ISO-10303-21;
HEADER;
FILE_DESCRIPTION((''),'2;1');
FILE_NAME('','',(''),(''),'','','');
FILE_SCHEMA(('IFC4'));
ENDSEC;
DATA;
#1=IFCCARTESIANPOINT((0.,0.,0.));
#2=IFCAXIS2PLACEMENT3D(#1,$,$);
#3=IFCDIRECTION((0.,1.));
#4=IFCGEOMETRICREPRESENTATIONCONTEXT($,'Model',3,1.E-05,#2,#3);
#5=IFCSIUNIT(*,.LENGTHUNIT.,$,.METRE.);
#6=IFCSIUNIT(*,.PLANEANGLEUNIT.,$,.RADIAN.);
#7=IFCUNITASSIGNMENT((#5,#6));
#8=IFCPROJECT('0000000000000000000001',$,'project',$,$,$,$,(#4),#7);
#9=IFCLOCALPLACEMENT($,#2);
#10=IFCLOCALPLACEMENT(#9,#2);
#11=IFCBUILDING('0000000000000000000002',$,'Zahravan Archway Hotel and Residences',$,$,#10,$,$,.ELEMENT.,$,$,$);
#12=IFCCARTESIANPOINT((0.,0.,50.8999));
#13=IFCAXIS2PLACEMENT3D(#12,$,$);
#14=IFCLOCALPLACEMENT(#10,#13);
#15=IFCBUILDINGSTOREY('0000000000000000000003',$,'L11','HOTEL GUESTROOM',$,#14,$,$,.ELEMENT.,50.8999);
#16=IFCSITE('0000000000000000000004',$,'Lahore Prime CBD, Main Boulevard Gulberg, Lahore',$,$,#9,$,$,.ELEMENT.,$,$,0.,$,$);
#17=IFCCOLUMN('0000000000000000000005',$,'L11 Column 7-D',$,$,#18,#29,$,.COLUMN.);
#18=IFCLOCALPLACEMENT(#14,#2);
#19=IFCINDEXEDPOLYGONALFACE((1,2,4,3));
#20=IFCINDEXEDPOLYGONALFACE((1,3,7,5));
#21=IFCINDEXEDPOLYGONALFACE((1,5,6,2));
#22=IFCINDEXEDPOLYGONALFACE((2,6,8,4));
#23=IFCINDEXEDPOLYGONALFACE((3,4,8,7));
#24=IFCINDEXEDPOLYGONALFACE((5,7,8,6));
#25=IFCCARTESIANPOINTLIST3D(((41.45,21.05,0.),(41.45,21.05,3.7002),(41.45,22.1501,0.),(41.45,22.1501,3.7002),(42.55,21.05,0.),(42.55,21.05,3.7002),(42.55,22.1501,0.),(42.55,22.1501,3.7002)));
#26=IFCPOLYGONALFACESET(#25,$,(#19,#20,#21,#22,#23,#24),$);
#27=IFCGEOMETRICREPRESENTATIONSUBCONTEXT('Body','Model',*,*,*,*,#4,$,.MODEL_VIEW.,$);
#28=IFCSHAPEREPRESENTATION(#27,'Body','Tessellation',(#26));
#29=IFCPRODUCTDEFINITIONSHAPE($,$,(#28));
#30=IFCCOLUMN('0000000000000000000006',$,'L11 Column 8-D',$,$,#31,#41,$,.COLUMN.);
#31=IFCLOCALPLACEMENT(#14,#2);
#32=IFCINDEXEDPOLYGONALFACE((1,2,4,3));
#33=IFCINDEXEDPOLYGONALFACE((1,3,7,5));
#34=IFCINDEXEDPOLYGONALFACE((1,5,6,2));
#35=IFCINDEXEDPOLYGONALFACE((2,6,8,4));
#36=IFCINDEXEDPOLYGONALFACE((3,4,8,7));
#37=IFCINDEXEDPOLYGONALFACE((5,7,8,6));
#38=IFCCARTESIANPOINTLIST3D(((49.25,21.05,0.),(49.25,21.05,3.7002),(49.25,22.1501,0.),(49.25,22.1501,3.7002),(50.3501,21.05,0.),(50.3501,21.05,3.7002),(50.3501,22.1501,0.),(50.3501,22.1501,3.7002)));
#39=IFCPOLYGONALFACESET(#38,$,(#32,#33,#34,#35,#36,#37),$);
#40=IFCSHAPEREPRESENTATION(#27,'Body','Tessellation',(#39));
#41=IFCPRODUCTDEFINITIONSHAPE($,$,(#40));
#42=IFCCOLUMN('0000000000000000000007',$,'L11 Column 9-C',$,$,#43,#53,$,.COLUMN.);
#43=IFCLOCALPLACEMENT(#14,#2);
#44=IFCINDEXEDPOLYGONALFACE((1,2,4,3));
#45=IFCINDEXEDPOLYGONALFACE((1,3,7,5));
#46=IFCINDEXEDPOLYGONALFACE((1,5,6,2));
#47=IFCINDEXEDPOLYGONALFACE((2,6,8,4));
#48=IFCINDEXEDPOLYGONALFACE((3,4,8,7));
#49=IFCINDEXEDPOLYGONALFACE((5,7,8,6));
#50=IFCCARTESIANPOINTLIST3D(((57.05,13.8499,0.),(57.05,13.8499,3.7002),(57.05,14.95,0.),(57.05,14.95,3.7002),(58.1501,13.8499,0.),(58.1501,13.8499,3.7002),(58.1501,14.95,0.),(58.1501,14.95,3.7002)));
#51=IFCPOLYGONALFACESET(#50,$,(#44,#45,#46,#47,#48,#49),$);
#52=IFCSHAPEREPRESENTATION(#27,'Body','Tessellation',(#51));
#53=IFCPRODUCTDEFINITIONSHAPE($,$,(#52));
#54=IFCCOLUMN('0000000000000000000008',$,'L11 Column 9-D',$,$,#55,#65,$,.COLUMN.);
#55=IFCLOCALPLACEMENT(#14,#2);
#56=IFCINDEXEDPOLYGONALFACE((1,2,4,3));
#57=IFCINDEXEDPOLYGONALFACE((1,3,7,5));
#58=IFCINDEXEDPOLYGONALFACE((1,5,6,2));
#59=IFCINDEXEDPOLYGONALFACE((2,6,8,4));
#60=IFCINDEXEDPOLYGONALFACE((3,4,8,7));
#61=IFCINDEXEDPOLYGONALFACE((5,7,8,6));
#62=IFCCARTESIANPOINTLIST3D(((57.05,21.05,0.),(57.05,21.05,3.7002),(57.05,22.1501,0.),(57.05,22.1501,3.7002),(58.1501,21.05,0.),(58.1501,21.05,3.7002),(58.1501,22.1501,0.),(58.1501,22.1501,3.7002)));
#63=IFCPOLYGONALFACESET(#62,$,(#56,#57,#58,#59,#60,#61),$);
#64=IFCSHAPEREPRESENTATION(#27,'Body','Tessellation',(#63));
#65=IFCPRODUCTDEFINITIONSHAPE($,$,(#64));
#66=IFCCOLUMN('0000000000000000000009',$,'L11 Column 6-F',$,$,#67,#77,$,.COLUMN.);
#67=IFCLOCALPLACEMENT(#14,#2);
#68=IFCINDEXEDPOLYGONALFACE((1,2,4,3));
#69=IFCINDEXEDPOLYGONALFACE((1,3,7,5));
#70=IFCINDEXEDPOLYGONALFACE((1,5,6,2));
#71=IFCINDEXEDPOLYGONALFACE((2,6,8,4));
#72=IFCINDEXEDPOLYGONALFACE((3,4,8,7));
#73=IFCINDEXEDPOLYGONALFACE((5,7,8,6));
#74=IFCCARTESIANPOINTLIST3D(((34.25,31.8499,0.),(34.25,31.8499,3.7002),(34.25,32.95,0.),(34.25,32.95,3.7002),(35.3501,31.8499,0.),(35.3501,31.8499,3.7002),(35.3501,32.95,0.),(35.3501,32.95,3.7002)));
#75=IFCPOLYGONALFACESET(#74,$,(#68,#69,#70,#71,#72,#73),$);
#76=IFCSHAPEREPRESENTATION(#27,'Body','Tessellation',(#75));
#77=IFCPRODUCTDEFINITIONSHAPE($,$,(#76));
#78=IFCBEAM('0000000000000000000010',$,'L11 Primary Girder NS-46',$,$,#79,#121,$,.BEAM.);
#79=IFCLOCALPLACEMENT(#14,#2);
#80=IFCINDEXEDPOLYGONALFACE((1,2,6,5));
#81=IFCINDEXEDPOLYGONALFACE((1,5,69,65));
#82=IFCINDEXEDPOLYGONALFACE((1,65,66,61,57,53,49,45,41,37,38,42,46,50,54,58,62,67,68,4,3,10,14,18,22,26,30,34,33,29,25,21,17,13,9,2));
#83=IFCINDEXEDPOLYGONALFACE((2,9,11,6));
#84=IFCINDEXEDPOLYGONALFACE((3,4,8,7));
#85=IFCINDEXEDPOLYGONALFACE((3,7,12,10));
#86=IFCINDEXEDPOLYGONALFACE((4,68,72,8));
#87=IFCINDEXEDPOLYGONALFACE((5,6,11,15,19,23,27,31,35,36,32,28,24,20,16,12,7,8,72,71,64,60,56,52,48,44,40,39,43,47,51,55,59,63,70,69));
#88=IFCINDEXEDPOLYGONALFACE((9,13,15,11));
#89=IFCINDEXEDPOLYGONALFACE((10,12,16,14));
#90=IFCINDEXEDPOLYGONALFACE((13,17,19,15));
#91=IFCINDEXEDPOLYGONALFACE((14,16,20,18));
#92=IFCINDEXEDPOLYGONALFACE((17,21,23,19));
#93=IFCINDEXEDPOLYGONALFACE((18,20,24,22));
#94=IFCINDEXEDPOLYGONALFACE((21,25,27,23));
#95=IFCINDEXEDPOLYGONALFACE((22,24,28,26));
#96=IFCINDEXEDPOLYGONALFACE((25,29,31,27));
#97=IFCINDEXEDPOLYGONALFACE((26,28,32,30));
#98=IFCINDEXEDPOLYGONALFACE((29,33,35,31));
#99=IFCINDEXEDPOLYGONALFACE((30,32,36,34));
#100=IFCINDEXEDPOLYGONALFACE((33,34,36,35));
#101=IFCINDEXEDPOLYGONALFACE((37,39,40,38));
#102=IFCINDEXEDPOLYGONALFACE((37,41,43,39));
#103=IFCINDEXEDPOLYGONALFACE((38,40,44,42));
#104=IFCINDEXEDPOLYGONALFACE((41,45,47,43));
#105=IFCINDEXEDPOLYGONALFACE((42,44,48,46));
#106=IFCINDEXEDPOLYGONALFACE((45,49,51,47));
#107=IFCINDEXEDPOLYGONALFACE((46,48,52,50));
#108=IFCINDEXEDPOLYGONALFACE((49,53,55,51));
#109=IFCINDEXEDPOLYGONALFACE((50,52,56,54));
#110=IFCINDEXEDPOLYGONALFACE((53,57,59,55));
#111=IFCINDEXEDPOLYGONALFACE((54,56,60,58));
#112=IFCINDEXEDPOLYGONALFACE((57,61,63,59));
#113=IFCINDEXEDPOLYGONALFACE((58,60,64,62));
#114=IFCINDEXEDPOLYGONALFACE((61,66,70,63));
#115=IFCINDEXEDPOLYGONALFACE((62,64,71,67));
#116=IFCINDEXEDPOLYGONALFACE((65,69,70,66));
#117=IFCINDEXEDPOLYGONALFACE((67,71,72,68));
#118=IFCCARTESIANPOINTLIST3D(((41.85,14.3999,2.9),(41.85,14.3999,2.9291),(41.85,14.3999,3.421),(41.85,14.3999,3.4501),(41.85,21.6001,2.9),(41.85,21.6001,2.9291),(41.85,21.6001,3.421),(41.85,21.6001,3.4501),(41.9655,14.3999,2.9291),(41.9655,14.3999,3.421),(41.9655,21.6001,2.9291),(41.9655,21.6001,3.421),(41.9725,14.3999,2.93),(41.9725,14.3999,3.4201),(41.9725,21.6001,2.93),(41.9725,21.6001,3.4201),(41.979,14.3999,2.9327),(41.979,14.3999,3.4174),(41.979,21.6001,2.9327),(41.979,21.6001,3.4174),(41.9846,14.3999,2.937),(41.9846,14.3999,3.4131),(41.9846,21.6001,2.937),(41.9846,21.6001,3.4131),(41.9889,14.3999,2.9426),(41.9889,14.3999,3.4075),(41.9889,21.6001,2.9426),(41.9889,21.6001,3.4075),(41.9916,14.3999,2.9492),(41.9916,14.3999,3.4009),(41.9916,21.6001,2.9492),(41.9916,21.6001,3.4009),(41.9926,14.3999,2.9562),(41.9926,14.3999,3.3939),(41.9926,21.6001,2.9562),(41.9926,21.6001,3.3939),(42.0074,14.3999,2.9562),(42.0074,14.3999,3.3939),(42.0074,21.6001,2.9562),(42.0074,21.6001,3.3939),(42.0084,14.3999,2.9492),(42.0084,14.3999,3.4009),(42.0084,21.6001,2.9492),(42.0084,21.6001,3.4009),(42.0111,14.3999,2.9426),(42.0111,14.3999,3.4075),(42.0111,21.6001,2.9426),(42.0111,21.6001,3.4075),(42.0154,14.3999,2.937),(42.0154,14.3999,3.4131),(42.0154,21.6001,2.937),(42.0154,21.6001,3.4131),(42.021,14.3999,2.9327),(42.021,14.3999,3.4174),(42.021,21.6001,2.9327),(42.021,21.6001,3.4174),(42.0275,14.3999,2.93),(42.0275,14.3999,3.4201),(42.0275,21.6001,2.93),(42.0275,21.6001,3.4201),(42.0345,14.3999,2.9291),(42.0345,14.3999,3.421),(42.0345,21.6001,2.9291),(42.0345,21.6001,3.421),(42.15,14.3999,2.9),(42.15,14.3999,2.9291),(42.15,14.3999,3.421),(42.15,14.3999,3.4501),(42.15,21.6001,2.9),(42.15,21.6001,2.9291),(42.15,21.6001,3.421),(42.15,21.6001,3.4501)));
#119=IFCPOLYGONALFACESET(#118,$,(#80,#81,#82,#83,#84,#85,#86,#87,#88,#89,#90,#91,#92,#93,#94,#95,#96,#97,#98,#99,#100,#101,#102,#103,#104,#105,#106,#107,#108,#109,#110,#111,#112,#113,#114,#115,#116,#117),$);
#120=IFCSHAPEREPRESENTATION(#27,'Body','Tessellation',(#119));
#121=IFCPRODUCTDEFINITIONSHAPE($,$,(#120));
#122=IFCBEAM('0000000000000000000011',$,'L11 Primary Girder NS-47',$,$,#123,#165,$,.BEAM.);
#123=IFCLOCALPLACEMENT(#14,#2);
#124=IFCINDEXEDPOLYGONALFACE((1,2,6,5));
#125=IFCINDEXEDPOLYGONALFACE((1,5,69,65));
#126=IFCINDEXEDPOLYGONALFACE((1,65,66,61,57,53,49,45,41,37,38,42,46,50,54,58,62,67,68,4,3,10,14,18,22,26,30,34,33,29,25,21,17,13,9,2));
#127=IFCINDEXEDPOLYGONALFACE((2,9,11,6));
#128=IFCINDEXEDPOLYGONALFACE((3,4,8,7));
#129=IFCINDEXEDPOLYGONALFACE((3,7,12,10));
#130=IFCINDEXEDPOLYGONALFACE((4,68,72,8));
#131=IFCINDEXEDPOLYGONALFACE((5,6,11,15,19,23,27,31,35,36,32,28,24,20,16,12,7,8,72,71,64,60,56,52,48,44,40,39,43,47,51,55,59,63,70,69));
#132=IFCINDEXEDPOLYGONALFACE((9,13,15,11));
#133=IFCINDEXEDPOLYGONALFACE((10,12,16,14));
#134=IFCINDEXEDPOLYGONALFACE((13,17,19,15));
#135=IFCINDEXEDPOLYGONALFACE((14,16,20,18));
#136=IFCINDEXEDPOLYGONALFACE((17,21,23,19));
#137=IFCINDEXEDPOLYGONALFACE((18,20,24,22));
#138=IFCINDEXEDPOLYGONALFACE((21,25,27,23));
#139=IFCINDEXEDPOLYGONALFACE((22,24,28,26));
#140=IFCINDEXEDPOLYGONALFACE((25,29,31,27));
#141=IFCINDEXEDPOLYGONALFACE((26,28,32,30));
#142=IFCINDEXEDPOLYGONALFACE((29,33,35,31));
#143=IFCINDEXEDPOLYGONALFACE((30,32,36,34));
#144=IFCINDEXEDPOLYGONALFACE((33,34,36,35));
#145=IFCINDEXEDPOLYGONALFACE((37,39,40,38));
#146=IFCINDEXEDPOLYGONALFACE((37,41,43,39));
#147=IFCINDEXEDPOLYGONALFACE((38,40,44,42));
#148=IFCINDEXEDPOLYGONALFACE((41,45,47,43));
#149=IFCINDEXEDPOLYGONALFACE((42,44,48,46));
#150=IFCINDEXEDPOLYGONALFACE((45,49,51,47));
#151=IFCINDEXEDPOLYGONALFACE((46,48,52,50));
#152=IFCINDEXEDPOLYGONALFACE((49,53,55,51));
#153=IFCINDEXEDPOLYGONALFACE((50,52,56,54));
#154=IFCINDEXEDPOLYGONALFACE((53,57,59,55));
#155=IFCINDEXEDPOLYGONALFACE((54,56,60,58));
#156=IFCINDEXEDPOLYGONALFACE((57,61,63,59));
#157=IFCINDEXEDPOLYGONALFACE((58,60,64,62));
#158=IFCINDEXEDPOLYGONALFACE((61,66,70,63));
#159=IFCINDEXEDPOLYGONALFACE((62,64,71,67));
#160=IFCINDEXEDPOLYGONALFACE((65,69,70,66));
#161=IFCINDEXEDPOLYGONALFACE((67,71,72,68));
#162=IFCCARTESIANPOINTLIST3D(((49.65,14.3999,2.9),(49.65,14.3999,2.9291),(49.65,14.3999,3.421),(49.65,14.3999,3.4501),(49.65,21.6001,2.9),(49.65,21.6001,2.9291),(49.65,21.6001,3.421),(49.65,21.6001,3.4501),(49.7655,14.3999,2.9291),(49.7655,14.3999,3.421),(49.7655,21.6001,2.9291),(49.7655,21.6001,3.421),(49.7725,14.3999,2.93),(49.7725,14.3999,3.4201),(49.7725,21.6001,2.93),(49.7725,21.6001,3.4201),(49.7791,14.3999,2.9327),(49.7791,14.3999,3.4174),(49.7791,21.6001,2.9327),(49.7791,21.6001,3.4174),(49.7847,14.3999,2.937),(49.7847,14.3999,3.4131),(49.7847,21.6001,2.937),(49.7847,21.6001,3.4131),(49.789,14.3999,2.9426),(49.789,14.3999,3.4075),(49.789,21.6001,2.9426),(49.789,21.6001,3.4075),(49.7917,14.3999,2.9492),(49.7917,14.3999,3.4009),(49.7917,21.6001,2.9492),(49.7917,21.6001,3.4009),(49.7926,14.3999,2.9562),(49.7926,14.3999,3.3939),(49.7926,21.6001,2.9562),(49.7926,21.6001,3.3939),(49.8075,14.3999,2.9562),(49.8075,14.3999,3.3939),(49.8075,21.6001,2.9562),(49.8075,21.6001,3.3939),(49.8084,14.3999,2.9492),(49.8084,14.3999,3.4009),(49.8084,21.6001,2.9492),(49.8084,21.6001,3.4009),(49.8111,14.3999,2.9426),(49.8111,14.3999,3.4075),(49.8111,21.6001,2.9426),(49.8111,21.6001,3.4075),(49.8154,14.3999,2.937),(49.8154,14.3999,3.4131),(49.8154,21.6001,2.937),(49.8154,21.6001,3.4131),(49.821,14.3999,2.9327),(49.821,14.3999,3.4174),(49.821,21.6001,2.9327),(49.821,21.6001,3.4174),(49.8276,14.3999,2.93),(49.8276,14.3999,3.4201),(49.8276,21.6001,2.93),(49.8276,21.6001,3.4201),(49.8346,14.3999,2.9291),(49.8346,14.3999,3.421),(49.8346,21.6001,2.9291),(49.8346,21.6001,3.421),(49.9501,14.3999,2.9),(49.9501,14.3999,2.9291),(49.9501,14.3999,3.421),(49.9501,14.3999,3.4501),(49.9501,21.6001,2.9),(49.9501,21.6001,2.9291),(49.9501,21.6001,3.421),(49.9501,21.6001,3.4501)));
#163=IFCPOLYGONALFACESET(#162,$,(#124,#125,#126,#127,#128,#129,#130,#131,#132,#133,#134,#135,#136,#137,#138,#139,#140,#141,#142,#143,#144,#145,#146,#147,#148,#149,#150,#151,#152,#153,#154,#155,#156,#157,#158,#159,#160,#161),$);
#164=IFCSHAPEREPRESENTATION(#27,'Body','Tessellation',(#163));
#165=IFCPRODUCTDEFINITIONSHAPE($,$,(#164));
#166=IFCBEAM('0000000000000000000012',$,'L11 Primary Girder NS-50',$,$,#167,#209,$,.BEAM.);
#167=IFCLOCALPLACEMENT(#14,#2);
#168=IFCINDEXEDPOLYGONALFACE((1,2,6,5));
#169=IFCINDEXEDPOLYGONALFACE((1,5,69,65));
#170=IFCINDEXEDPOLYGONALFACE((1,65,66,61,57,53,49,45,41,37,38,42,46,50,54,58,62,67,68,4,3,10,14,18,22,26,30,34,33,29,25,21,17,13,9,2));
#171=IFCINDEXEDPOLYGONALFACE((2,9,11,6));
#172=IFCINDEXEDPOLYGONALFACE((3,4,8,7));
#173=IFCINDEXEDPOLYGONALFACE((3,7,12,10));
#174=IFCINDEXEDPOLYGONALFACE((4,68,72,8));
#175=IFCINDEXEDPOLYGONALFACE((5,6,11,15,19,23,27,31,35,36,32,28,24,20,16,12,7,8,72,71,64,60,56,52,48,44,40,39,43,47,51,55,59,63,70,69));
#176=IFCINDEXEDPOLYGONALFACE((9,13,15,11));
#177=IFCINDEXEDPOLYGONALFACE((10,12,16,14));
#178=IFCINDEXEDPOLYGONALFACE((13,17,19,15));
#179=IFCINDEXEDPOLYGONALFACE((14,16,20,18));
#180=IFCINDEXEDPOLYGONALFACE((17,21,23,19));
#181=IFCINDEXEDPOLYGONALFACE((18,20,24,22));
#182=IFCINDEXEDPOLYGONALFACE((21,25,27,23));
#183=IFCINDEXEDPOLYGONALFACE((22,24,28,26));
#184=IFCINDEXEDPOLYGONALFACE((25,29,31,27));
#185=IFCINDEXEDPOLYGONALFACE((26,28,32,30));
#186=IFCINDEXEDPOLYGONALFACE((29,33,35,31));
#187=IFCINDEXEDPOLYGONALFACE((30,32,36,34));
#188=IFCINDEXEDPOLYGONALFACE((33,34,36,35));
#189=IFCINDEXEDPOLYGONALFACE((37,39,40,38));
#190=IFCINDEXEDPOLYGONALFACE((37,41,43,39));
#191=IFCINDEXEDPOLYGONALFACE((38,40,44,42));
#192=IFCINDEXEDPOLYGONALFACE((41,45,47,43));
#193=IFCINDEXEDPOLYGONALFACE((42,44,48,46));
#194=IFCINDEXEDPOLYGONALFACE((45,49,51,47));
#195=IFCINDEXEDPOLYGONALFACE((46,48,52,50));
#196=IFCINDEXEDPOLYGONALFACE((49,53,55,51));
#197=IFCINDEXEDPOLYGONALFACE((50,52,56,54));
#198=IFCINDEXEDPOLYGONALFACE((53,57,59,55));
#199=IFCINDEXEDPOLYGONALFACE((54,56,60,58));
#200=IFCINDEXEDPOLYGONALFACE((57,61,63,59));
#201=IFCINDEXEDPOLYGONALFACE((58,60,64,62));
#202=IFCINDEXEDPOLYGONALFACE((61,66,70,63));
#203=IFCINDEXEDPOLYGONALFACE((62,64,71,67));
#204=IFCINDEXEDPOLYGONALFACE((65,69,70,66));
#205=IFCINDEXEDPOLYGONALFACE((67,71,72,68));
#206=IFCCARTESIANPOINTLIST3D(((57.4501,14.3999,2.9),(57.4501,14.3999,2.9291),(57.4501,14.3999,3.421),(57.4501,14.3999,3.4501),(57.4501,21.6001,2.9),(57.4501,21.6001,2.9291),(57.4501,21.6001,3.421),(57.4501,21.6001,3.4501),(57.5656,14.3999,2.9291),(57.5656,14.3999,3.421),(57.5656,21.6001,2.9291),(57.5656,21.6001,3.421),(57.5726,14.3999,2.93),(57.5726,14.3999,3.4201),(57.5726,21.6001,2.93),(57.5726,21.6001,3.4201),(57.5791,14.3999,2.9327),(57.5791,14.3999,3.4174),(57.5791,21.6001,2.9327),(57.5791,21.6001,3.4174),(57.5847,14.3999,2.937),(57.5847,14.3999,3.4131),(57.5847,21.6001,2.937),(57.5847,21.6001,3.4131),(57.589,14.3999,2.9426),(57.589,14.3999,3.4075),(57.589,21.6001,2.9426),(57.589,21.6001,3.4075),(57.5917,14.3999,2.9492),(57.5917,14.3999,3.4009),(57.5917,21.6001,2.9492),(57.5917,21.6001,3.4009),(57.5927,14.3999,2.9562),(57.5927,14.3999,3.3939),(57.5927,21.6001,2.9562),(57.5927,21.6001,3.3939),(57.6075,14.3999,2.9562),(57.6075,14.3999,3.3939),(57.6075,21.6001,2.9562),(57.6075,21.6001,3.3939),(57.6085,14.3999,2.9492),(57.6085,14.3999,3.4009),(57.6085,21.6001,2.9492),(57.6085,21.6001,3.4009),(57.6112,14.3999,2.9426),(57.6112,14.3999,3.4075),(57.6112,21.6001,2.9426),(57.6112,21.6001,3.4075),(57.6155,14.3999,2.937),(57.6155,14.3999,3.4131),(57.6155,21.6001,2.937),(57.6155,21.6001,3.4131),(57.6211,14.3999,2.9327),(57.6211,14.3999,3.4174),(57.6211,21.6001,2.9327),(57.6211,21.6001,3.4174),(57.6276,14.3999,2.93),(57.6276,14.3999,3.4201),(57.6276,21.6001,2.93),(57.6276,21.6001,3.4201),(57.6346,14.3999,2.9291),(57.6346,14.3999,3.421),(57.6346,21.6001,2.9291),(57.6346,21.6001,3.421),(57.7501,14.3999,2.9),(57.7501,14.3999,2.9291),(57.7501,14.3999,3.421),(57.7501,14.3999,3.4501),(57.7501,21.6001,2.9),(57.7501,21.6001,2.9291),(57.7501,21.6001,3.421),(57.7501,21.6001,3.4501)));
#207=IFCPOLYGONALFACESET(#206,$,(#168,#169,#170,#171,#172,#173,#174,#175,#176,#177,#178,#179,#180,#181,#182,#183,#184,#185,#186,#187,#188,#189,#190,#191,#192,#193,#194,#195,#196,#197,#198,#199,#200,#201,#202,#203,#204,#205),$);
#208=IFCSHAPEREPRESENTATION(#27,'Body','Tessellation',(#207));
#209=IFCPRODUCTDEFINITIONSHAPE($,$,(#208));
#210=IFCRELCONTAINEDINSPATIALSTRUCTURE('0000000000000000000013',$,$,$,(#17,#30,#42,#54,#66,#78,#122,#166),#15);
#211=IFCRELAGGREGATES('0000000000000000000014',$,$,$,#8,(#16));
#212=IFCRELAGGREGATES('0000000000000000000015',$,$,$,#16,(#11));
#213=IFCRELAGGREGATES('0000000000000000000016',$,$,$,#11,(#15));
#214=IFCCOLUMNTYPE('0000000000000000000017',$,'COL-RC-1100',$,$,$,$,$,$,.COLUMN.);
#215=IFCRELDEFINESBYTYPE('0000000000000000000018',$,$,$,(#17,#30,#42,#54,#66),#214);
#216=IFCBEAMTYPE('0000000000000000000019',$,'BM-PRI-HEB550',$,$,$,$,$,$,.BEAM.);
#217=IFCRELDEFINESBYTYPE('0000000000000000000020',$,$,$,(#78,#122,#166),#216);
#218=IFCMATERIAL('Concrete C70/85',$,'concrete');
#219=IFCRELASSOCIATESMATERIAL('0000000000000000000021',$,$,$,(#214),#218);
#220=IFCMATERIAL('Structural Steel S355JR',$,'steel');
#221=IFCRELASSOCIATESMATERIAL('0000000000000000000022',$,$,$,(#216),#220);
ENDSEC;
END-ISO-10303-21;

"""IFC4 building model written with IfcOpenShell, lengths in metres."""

from ifc_helpers import new_model, si_unit, direction, frame, origin, origin_2d, place, context, subcontext, project, spatial, rectangle, i_section, extrude, source, transform, mapped, material, material_profile, profile_set, type_object, type_shapes, element, save


model = new_model("IFC4")

# Units and contexts
model_context = context("Model", 3, precision=1e-05, world=origin(), true_north=direction((0.0, 1.0)))
body_context = subcontext(model_context, "Body", "Model", "MODEL_VIEW")
ifc_project = project(units=[si_unit("LENGTHUNIT", "METRE"), si_unit("PLANEANGLEUNIT", "RADIAN")], contexts=[model_context])

# Site, building, storey
site_placement = place(None, origin())
site = spatial("IfcSite", under=ifc_project, at=site_placement, Name="Lahore Prime CBD, Main Boulevard Gulberg, Lahore", CompositionType="ELEMENT", RefElevation=0.0)
building_placement = place(site_placement, origin())
building = spatial("IfcBuilding", under=site, at=building_placement, Name="Zahravan Archway Hotel and Residences", CompositionType="ELEMENT")
storey_placement = place(building_placement, frame((0.0, 0.0, 50.8999)))
storey = spatial("IfcBuildingStorey", under=building, at=storey_placement, Name="L11", Description="HOTEL GUESTROOM", CompositionType="ELEMENT", Elevation=50.8999)

# Columns
ifc_material_1 = material(Name="Concrete C70/85", Category="concrete")
ifc_material_profile_1 = material_profile(ifc_material_1, rectangle(XDim=1.1001, YDim=1.1001, at=origin_2d()), Name="RC 1100x1100", Category="concrete")
ifc_profile_set_1 = profile_set([ifc_material_profile_1], Name="Concrete C70/85")
column_type = type_object("IfcColumnType", Name="COL-RC-1100", PredefinedType="COLUMN", material=ifc_profile_set_1)
shared_shape_1 = source(origin(), body_context, "Body", "SweptSolid", [
    extrude(rectangle(XDim=1.1001, YDim=1.1001, at=origin_2d()), origin(), (0.0, 0.0, 1.0), 3.7002),
])
for number, where, z_axis, x_axis, name in (
    (1, (42.0, 21.6001, 0.0), (0.0, 0.0, 1.0), (1.0, 0.0, 0.0), "L11 Column 7-D"),
    (2, (49.8, 21.6001, 0.0), (0.0, 0.0, 1.0), (1.0, 0.0, 0.0), "L11 Column 8-D"),
    (3, (57.6001, 14.3999, 0.0), (0.0, 0.0, 1.0), (1.0, 0.0, 0.0), "L11 Column 9-C"),
    (4, (57.6001, 21.6001, 0.0), (0.0, 0.0, 1.0), (1.0, 0.0, 0.0), "L11 Column 9-D"),
    (5, (34.8, 32.3999, 0.0), (0.0, 0.0, 1.0), (1.0, 0.0, 0.0), "L11 Column 6-F"),
):
    element("IfcColumn", number, at=place(storey_placement, frame(where, z_axis=z_axis, x_axis=x_axis)), inside=storey, type_object=column_type, Name=name, PredefinedType="COLUMN", context=body_context, shape_type="MappedRepresentation", body=[
        mapped(shared_shape_1, transform((0.0, 0.0, 0.0), scale=1.0)),
    ])

# Beams
ifc_material_2 = material(Name="Structural Steel S355JR", Category="steel")
ifc_material_profile_2 = material_profile(ifc_material_2, i_section(OverallWidth=0.3, OverallDepth=0.55, WebThickness=0.0149, FlangeThickness=0.0291, FilletRadius=0.0271, at=origin_2d()), Name="HEB 550", Category="steel")
ifc_profile_set_2 = profile_set([ifc_material_profile_2], Name="Structural Steel S355JR")
beam_type_1 = type_object("IfcBeamType", Name="BM-PRI-HEB550", PredefinedType="BEAM", material=ifc_profile_set_2)
shared_shape_2 = source(origin(), body_context, "Body", "SweptSolid", [
    extrude(i_section(OverallWidth=0.3, OverallDepth=0.55, WebThickness=0.0149, FlangeThickness=0.0291, FilletRadius=0.0271, at=origin_2d()), origin(), (0.0, 0.0, 1.0), 7.2002),
])
type_shapes(beam_type_1, [shared_shape_2])
for number, where, z_axis, x_axis, name in (
    (6, (42.0, 14.3999, 3.175), (0.0, 1.0, 0.0), (-1.0, 0.0, 0.0), "L11 Primary Girder NS-46"),
    (7, (49.8, 14.3999, 3.175), (0.0, 1.0, 0.0), (-1.0, 0.0, 0.0), "L11 Primary Girder NS-47"),
    (8, (57.6001, 14.3999, 3.175), (0.0, 1.0, 0.0), (-1.0, 0.0, 0.0), "L11 Primary Girder NS-50"),
):
    element("IfcBeam", number, at=place(storey_placement, frame(where, z_axis=z_axis, x_axis=x_axis)), inside=storey, type_object=beam_type_1, Name=name, PredefinedType="BEAM", context=body_context, shape_type="MappedRepresentation", body=[
        mapped(shared_shape_2, transform((0.0, 0.0, 0.0), scale=1.0)),
    ])

save(model, "model.ifc")
